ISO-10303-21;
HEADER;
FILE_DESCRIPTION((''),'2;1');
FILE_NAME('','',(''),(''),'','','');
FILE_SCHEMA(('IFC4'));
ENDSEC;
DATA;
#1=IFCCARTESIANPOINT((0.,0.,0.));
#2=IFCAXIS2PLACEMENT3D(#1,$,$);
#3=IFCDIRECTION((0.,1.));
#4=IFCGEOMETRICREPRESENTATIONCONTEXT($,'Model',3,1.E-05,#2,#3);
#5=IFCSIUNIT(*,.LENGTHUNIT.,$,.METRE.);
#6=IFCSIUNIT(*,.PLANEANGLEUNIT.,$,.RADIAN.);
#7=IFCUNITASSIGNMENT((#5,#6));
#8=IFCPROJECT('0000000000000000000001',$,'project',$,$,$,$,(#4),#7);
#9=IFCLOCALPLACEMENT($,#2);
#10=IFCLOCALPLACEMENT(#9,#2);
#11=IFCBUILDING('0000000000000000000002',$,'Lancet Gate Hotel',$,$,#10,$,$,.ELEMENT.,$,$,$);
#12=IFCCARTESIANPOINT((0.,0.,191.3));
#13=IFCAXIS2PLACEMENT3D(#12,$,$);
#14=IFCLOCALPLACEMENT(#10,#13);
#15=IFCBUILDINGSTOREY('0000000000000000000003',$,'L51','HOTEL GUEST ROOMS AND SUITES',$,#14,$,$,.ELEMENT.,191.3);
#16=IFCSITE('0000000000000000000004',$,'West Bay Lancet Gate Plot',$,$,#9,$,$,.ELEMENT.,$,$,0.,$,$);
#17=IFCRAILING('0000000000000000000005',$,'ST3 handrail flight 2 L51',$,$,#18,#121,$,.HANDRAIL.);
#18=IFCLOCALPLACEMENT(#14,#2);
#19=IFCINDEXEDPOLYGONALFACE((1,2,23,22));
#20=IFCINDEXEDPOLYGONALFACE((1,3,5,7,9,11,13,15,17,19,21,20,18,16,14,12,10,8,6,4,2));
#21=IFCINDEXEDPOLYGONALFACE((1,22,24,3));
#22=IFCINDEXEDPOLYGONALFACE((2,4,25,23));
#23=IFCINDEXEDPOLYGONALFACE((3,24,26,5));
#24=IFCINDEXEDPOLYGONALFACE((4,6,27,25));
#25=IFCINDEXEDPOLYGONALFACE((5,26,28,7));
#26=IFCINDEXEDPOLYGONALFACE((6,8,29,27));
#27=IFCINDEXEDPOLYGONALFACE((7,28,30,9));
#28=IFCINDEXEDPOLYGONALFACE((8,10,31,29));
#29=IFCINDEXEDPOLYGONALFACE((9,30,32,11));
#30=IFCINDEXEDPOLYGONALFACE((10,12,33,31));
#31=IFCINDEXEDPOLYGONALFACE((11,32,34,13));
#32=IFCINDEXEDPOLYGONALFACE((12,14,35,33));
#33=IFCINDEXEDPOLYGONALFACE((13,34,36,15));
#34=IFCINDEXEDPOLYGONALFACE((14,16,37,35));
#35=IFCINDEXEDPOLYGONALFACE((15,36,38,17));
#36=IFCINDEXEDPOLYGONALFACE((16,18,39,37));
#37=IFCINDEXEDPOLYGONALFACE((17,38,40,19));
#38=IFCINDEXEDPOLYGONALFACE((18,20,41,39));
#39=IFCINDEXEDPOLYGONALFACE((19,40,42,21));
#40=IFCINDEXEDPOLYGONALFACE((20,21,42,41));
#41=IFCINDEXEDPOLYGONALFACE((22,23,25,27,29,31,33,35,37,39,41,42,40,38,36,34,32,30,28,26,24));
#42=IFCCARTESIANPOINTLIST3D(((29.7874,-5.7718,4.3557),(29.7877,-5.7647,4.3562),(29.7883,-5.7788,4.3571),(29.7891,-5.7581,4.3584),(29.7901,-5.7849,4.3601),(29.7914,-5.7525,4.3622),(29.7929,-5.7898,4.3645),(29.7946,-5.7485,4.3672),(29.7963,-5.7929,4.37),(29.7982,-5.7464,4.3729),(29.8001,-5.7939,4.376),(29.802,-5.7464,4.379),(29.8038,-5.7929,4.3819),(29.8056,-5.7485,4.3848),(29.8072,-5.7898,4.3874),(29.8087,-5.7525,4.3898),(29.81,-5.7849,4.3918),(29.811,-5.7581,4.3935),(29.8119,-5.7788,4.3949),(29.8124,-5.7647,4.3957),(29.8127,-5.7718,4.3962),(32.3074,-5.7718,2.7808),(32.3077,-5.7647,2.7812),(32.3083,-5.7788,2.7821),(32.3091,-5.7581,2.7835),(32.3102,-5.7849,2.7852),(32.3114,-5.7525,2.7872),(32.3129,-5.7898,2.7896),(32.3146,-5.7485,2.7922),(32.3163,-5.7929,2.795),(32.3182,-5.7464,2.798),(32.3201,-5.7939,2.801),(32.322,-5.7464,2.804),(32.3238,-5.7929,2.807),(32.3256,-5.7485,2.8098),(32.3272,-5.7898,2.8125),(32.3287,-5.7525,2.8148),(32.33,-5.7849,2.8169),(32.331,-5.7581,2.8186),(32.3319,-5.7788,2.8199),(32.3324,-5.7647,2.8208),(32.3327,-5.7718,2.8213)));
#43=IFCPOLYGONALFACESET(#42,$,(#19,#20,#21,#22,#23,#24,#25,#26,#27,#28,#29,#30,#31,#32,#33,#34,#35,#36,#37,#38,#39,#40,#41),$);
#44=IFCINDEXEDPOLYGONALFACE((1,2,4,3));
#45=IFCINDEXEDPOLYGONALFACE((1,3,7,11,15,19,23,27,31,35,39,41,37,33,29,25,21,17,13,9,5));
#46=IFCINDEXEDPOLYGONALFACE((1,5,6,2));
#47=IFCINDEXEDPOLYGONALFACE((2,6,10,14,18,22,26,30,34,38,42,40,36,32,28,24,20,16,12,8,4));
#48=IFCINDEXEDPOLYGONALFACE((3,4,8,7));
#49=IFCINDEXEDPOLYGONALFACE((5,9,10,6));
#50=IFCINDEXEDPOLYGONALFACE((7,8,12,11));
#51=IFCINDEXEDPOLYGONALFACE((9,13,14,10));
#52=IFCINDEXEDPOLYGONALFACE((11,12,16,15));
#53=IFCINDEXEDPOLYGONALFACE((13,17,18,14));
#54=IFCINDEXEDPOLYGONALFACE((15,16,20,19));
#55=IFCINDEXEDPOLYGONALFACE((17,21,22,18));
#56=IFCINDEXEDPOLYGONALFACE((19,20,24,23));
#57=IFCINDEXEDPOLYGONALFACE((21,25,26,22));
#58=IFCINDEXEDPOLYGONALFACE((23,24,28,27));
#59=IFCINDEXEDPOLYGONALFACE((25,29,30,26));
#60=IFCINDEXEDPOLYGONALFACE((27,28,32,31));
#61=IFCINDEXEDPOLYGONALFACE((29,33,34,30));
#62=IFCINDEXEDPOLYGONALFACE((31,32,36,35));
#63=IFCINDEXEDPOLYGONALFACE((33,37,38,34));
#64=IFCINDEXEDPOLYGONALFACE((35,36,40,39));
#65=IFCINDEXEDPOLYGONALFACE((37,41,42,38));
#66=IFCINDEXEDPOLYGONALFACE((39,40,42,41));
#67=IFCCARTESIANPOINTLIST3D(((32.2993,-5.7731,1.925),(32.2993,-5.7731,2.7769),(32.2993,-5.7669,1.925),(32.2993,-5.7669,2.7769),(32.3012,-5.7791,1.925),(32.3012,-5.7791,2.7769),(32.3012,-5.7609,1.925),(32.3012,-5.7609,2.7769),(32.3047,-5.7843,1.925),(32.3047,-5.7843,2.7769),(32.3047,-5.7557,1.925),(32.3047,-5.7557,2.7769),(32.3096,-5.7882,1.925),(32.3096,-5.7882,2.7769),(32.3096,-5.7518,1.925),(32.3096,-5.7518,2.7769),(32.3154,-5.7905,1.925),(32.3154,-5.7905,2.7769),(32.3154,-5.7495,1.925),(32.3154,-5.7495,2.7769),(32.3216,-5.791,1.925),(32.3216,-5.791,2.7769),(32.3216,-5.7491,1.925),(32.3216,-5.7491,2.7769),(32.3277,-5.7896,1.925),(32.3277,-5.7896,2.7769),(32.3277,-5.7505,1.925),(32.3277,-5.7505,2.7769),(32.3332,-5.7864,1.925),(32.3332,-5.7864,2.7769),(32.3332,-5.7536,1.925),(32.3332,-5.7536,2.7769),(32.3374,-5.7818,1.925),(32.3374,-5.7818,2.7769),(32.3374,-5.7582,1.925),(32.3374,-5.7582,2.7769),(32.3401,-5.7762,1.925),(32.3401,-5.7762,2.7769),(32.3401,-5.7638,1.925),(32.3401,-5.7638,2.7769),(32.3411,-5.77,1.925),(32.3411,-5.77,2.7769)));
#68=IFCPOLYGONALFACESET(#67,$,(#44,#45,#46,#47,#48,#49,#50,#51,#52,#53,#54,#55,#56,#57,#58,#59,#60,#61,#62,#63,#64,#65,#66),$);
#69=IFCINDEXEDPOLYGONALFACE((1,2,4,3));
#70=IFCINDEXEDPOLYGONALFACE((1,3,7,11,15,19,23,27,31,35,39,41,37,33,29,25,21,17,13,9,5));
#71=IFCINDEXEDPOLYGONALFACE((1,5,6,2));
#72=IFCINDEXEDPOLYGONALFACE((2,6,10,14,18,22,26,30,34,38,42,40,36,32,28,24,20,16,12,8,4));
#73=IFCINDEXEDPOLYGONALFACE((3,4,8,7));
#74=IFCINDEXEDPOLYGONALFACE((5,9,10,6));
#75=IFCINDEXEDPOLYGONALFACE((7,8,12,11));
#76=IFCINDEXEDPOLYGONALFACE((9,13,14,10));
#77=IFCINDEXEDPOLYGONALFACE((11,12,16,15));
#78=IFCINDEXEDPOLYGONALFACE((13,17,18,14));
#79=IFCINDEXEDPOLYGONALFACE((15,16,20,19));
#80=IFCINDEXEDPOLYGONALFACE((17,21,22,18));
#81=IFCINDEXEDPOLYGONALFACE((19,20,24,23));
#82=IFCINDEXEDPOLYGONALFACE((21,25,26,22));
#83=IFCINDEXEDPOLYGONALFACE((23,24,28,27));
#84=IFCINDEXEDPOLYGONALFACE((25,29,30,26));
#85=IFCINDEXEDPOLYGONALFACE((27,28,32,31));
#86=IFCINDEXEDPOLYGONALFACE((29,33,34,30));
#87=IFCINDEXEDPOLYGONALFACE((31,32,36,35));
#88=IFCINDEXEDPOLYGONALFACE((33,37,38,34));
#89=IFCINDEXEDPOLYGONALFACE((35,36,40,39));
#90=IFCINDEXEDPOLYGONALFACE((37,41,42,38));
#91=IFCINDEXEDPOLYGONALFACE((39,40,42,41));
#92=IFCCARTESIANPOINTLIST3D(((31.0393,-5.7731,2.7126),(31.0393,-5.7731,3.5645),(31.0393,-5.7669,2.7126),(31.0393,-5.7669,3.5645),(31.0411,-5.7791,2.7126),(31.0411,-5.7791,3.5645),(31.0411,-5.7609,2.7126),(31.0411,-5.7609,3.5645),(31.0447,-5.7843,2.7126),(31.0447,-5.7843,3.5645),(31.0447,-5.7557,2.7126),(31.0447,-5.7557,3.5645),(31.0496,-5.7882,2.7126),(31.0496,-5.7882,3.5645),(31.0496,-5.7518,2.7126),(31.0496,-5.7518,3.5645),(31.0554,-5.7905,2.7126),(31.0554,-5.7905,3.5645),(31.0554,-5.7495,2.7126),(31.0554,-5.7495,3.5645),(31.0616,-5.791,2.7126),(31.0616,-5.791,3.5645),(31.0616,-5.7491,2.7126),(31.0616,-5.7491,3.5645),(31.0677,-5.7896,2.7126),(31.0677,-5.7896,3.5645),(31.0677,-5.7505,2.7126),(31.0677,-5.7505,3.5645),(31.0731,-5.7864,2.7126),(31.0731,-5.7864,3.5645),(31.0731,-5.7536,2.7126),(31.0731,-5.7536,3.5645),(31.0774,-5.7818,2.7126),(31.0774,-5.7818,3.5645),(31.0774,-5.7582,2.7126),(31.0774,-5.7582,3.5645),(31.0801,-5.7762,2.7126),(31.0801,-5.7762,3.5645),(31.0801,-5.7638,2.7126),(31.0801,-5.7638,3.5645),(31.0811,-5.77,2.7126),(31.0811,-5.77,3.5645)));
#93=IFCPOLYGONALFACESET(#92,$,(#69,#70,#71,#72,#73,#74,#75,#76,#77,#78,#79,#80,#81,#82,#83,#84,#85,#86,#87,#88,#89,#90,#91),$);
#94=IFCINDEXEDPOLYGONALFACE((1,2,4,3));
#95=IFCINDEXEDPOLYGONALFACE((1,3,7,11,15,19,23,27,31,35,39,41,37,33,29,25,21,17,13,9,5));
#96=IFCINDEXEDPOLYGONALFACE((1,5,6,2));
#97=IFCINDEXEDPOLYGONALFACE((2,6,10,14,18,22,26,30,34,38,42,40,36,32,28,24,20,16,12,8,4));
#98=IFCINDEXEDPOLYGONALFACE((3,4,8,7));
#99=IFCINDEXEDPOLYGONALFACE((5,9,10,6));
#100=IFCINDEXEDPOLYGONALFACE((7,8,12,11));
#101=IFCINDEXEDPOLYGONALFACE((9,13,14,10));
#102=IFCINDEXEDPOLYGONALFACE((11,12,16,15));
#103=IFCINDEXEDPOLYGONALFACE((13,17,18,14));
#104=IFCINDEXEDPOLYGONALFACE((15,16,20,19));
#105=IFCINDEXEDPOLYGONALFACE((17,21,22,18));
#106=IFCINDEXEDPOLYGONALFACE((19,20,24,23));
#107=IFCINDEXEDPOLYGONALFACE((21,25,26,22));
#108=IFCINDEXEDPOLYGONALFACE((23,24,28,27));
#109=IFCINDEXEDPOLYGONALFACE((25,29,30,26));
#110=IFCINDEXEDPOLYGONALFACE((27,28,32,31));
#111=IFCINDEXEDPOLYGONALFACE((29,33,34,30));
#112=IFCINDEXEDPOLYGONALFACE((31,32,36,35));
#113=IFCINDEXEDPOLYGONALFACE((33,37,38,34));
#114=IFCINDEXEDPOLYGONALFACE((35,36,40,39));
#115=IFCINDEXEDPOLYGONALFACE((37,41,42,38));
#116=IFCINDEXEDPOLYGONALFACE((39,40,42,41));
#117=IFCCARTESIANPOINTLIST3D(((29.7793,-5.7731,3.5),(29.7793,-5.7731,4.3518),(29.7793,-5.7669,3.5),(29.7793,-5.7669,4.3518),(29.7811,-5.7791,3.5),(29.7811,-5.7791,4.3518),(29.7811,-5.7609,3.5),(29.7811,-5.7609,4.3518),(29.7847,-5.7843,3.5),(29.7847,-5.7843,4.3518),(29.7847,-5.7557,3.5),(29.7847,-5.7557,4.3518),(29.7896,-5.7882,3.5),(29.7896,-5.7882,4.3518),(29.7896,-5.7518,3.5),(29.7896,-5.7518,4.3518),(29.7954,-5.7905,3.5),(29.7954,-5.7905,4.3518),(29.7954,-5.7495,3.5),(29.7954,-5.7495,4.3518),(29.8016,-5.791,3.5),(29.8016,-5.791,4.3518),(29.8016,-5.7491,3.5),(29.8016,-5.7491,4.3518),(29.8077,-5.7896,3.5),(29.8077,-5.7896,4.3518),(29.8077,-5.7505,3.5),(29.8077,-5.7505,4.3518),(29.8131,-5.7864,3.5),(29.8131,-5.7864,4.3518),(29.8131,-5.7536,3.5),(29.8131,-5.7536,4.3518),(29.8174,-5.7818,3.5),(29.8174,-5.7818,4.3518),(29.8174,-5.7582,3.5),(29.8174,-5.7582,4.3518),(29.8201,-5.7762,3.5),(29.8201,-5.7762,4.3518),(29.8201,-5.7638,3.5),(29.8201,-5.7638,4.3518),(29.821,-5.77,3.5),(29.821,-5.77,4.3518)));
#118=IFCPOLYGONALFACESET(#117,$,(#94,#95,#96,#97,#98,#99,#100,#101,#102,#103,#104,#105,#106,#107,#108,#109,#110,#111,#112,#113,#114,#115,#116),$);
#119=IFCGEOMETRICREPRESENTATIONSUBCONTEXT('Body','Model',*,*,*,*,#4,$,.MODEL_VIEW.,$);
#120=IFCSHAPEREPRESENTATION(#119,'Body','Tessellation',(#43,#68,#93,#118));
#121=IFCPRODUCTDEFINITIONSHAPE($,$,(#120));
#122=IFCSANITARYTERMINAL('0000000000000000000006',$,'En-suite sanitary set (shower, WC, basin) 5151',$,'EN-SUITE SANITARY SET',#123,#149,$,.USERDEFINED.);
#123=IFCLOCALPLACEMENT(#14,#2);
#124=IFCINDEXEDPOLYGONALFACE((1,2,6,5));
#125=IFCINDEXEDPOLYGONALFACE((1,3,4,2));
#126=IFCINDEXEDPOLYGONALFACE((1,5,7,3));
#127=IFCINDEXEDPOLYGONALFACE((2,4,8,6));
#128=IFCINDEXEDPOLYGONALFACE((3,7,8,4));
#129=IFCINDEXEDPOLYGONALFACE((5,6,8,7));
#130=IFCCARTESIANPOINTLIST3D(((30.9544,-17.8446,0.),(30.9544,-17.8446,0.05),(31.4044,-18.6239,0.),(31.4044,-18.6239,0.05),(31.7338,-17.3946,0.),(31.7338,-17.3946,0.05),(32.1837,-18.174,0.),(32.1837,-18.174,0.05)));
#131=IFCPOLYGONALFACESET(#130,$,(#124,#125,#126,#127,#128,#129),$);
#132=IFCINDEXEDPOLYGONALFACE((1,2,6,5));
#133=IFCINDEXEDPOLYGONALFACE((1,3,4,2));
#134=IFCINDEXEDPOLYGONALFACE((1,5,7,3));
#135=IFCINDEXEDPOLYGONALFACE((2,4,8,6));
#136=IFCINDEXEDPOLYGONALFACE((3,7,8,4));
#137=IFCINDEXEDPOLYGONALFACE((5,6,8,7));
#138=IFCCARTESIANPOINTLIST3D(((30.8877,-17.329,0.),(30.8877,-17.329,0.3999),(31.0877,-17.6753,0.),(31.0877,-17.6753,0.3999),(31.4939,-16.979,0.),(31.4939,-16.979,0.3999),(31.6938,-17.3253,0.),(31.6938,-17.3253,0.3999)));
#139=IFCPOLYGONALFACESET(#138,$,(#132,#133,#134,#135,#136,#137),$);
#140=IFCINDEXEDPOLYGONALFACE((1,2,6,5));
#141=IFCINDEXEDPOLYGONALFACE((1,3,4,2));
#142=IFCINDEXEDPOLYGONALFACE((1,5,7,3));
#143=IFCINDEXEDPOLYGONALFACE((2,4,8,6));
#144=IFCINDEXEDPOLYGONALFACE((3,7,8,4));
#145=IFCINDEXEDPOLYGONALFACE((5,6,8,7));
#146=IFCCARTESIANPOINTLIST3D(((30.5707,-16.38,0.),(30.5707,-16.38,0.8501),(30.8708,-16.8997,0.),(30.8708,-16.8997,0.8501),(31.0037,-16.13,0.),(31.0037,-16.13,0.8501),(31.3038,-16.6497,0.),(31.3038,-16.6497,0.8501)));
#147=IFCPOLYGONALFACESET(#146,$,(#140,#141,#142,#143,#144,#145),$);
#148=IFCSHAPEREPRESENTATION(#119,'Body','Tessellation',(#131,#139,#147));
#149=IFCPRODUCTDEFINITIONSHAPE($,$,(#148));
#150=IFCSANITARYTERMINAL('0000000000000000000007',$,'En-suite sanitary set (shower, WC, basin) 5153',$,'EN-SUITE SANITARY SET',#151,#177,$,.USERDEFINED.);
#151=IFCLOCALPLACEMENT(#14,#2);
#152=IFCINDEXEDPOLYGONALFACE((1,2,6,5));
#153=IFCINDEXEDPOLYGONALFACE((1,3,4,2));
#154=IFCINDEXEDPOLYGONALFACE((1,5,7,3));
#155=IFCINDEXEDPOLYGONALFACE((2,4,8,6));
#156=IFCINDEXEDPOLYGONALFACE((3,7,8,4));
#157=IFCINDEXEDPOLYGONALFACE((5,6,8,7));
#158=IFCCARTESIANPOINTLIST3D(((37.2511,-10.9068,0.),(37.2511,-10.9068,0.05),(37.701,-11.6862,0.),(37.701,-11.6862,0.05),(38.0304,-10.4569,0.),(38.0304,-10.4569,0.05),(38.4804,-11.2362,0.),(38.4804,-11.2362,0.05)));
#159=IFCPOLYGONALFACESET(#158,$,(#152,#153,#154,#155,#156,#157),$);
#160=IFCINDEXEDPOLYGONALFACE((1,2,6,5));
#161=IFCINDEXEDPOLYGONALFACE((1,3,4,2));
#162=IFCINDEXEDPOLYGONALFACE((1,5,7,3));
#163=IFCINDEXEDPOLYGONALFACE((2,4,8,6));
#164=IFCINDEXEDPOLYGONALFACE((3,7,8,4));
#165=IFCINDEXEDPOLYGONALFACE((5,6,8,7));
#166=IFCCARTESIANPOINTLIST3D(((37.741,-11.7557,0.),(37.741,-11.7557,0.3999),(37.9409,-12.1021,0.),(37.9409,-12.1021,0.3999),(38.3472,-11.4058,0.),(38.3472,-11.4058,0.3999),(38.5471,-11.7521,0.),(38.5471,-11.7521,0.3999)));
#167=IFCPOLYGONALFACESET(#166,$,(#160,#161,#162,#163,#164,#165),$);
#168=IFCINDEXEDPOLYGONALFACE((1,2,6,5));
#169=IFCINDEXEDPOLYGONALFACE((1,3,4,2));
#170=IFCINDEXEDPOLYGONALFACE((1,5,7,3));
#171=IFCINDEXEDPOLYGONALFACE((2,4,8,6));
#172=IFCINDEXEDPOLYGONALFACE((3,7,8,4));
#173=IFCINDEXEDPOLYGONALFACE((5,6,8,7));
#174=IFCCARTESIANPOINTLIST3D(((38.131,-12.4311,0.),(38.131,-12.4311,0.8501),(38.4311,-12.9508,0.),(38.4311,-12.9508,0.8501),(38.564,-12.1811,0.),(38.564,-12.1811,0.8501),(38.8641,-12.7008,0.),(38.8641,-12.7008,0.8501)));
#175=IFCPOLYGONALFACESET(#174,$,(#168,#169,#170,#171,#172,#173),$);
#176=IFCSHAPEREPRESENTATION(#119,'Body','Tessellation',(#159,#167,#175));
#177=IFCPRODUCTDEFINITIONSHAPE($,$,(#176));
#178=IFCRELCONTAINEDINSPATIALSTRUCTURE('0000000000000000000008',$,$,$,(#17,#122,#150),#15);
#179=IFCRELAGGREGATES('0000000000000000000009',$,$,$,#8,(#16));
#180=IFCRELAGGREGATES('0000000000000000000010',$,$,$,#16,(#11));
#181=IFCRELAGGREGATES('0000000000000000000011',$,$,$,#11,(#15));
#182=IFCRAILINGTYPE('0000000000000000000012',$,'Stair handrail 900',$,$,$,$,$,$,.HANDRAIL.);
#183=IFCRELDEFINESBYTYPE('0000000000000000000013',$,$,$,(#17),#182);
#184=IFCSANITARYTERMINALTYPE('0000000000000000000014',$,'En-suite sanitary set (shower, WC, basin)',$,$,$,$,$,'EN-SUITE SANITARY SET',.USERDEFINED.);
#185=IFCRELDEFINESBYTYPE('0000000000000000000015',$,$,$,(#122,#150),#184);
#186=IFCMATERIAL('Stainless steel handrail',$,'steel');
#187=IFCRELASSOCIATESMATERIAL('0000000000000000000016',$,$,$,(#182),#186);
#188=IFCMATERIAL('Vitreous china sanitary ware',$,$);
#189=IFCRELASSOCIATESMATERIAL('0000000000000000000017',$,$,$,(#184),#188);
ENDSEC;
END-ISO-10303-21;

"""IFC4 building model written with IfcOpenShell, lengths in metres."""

from ifc_helpers import new_model, si_unit, direction, frame, origin, origin_2d, place, context, subcontext, project, spatial, rectangle, circle, extrude, material, type_object, element, save


model = new_model("IFC4")

# Units and contexts
model_context = context("Model", 3, precision=1e-05, world=origin(), true_north=direction((0.0, 1.0)))
body_context = subcontext(model_context, "Body", "Model", "MODEL_VIEW")
ifc_project = project(units=[si_unit("LENGTHUNIT", "METRE"), si_unit("PLANEANGLEUNIT", "RADIAN")], contexts=[model_context])

# Site, building, storey
site_placement = place(None, origin())
site = spatial("IfcSite", under=ifc_project, at=site_placement, Name="West Bay Lancet Gate Plot", CompositionType="ELEMENT", RefElevation=0.0)
building_placement = place(site_placement, origin())
building = spatial("IfcBuilding", under=site, at=building_placement, Name="Lancet Gate Hotel", CompositionType="ELEMENT")
storey_placement = place(building_placement, frame((0.0, 0.0, 191.3)))
storey = spatial("IfcBuildingStorey", under=building, at=storey_placement, Name="L51", Description="HOTEL GUEST ROOMS AND SUITES", CompositionType="ELEMENT", Elevation=191.3)

# Railing
ifc_material_1 = material(Name="Stainless steel handrail", Category="steel")
railing_type = type_object("IfcRailingType", Name="Stair handrail 900", PredefinedType="HANDRAIL", material=ifc_material_1)
railing_placement = place(storey_placement, frame((32.3201, -5.77, 1.925)))
element("IfcRailing", 1, at=railing_placement, inside=storey, type_object=railing_type, Name="ST3 handrail flight 2 L51", PredefinedType="HANDRAIL", context=body_context, shape_type="SweptSolid", body=[
    extrude(circle(Radius=0.0239, at=origin_2d()), frame((0.0, 0.0, 0.876), z_axis=(-0.848008, 0.0, 0.529984), x_axis=(0.0, -1.0, 0.0)), (0.0, 0.0, 1.0), 2.9717),
    extrude(circle(Radius=0.021, at=origin_2d()), origin(), (0.0, 0.0, 1.0), 0.8518),
    extrude(circle(Radius=0.021, at=origin_2d()), frame((-1.26, 0.0, 0.7876)), (0.0, 0.0, 1.0), 0.8518),
    extrude(circle(Radius=0.021, at=origin_2d()), frame((-2.52, 0.0, 1.575)), (0.0, 0.0, 1.0), 0.8518),
])

# Sanitary terminals
ifc_material_2 = material(Name="Vitreous china sanitary ware")
sanitary_terminal_type = type_object("IfcSanitaryTerminalType", Name="En-suite sanitary set (shower, WC, basin)", ElementType="EN-SUITE SANITARY SET", PredefinedType="USERDEFINED", material=ifc_material_2)
sanitary_terminal_1_placement = place(storey_placement, frame((31.5691, -18.0093, 0.0), z_axis=(0.0, 0.0, 1.0), x_axis=(1.0, 0.0, 0.0)))
element("IfcSanitaryTerminal", 2, at=sanitary_terminal_1_placement, inside=storey, type_object=sanitary_terminal_type, Name="En-suite sanitary set (shower, WC, basin) 5151", ObjectType="EN-SUITE SANITARY SET", PredefinedType="USERDEFINED", context=body_context, shape_type="SweptSolid", body=[
    extrude(rectangle(XDim=0.8999, YDim=0.8999, at=origin_2d()), frame((0.0, 0.0, 0.0), z_axis=(0.0, 0.0, 1.0), x_axis=(0.5, -0.866025, 0.0)), (0.0, 0.0, 1.0), 0.05),
    extrude(rectangle(XDim=0.3999, YDim=0.7, at=origin_2d()), frame((-0.2783, 0.6821, 0.0), z_axis=(0.0, 0.0, 1.0), x_axis=(0.5, -0.866025, 0.0)), (0.0, 0.0, 1.0), 0.3999),
    extrude(rectangle(XDim=0.6001, YDim=0.5, at=origin_2d()), frame((-0.6318, 1.4944, 0.0), z_axis=(0.0, 0.0, 1.0), x_axis=(0.5, -0.866025, 0.0)), (0.0, 0.0, 1.0), 0.8501),
])
sanitary_terminal_2_placement = place(storey_placement, frame((37.8657, -11.0715, 0.0), z_axis=(0.0, 0.0, 1.0), x_axis=(1.0, 0.0, 0.0)))
element("IfcSanitaryTerminal", 3, at=sanitary_terminal_2_placement, inside=storey, type_object=sanitary_terminal_type, Name="En-suite sanitary set (shower, WC, basin) 5153", ObjectType="EN-SUITE SANITARY SET", PredefinedType="USERDEFINED", context=body_context, shape_type="SweptSolid", body=[
    extrude(rectangle(XDim=0.8999, YDim=0.8999, at=origin_2d()), frame((0.0, 0.0, 0.0), z_axis=(0.0, 0.0, 1.0), x_axis=(-0.5, 0.866025, 0.0)), (0.0, 0.0, 1.0), 0.05),
    extrude(rectangle(XDim=0.3999, YDim=0.7, at=origin_2d()), frame((0.2783, -0.6824, 0.0), z_axis=(0.0, 0.0, 1.0), x_axis=(-0.5, 0.866025, 0.0)), (0.0, 0.0, 1.0), 0.3999),
    extrude(rectangle(XDim=0.6001, YDim=0.5, at=origin_2d()), frame((0.6318, -1.4944, 0.0), z_axis=(0.0, 0.0, 1.0), x_axis=(-0.5, 0.866025, 0.0)), (0.0, 0.0, 1.0), 0.8501),
])

save(model, "model.ifc")
